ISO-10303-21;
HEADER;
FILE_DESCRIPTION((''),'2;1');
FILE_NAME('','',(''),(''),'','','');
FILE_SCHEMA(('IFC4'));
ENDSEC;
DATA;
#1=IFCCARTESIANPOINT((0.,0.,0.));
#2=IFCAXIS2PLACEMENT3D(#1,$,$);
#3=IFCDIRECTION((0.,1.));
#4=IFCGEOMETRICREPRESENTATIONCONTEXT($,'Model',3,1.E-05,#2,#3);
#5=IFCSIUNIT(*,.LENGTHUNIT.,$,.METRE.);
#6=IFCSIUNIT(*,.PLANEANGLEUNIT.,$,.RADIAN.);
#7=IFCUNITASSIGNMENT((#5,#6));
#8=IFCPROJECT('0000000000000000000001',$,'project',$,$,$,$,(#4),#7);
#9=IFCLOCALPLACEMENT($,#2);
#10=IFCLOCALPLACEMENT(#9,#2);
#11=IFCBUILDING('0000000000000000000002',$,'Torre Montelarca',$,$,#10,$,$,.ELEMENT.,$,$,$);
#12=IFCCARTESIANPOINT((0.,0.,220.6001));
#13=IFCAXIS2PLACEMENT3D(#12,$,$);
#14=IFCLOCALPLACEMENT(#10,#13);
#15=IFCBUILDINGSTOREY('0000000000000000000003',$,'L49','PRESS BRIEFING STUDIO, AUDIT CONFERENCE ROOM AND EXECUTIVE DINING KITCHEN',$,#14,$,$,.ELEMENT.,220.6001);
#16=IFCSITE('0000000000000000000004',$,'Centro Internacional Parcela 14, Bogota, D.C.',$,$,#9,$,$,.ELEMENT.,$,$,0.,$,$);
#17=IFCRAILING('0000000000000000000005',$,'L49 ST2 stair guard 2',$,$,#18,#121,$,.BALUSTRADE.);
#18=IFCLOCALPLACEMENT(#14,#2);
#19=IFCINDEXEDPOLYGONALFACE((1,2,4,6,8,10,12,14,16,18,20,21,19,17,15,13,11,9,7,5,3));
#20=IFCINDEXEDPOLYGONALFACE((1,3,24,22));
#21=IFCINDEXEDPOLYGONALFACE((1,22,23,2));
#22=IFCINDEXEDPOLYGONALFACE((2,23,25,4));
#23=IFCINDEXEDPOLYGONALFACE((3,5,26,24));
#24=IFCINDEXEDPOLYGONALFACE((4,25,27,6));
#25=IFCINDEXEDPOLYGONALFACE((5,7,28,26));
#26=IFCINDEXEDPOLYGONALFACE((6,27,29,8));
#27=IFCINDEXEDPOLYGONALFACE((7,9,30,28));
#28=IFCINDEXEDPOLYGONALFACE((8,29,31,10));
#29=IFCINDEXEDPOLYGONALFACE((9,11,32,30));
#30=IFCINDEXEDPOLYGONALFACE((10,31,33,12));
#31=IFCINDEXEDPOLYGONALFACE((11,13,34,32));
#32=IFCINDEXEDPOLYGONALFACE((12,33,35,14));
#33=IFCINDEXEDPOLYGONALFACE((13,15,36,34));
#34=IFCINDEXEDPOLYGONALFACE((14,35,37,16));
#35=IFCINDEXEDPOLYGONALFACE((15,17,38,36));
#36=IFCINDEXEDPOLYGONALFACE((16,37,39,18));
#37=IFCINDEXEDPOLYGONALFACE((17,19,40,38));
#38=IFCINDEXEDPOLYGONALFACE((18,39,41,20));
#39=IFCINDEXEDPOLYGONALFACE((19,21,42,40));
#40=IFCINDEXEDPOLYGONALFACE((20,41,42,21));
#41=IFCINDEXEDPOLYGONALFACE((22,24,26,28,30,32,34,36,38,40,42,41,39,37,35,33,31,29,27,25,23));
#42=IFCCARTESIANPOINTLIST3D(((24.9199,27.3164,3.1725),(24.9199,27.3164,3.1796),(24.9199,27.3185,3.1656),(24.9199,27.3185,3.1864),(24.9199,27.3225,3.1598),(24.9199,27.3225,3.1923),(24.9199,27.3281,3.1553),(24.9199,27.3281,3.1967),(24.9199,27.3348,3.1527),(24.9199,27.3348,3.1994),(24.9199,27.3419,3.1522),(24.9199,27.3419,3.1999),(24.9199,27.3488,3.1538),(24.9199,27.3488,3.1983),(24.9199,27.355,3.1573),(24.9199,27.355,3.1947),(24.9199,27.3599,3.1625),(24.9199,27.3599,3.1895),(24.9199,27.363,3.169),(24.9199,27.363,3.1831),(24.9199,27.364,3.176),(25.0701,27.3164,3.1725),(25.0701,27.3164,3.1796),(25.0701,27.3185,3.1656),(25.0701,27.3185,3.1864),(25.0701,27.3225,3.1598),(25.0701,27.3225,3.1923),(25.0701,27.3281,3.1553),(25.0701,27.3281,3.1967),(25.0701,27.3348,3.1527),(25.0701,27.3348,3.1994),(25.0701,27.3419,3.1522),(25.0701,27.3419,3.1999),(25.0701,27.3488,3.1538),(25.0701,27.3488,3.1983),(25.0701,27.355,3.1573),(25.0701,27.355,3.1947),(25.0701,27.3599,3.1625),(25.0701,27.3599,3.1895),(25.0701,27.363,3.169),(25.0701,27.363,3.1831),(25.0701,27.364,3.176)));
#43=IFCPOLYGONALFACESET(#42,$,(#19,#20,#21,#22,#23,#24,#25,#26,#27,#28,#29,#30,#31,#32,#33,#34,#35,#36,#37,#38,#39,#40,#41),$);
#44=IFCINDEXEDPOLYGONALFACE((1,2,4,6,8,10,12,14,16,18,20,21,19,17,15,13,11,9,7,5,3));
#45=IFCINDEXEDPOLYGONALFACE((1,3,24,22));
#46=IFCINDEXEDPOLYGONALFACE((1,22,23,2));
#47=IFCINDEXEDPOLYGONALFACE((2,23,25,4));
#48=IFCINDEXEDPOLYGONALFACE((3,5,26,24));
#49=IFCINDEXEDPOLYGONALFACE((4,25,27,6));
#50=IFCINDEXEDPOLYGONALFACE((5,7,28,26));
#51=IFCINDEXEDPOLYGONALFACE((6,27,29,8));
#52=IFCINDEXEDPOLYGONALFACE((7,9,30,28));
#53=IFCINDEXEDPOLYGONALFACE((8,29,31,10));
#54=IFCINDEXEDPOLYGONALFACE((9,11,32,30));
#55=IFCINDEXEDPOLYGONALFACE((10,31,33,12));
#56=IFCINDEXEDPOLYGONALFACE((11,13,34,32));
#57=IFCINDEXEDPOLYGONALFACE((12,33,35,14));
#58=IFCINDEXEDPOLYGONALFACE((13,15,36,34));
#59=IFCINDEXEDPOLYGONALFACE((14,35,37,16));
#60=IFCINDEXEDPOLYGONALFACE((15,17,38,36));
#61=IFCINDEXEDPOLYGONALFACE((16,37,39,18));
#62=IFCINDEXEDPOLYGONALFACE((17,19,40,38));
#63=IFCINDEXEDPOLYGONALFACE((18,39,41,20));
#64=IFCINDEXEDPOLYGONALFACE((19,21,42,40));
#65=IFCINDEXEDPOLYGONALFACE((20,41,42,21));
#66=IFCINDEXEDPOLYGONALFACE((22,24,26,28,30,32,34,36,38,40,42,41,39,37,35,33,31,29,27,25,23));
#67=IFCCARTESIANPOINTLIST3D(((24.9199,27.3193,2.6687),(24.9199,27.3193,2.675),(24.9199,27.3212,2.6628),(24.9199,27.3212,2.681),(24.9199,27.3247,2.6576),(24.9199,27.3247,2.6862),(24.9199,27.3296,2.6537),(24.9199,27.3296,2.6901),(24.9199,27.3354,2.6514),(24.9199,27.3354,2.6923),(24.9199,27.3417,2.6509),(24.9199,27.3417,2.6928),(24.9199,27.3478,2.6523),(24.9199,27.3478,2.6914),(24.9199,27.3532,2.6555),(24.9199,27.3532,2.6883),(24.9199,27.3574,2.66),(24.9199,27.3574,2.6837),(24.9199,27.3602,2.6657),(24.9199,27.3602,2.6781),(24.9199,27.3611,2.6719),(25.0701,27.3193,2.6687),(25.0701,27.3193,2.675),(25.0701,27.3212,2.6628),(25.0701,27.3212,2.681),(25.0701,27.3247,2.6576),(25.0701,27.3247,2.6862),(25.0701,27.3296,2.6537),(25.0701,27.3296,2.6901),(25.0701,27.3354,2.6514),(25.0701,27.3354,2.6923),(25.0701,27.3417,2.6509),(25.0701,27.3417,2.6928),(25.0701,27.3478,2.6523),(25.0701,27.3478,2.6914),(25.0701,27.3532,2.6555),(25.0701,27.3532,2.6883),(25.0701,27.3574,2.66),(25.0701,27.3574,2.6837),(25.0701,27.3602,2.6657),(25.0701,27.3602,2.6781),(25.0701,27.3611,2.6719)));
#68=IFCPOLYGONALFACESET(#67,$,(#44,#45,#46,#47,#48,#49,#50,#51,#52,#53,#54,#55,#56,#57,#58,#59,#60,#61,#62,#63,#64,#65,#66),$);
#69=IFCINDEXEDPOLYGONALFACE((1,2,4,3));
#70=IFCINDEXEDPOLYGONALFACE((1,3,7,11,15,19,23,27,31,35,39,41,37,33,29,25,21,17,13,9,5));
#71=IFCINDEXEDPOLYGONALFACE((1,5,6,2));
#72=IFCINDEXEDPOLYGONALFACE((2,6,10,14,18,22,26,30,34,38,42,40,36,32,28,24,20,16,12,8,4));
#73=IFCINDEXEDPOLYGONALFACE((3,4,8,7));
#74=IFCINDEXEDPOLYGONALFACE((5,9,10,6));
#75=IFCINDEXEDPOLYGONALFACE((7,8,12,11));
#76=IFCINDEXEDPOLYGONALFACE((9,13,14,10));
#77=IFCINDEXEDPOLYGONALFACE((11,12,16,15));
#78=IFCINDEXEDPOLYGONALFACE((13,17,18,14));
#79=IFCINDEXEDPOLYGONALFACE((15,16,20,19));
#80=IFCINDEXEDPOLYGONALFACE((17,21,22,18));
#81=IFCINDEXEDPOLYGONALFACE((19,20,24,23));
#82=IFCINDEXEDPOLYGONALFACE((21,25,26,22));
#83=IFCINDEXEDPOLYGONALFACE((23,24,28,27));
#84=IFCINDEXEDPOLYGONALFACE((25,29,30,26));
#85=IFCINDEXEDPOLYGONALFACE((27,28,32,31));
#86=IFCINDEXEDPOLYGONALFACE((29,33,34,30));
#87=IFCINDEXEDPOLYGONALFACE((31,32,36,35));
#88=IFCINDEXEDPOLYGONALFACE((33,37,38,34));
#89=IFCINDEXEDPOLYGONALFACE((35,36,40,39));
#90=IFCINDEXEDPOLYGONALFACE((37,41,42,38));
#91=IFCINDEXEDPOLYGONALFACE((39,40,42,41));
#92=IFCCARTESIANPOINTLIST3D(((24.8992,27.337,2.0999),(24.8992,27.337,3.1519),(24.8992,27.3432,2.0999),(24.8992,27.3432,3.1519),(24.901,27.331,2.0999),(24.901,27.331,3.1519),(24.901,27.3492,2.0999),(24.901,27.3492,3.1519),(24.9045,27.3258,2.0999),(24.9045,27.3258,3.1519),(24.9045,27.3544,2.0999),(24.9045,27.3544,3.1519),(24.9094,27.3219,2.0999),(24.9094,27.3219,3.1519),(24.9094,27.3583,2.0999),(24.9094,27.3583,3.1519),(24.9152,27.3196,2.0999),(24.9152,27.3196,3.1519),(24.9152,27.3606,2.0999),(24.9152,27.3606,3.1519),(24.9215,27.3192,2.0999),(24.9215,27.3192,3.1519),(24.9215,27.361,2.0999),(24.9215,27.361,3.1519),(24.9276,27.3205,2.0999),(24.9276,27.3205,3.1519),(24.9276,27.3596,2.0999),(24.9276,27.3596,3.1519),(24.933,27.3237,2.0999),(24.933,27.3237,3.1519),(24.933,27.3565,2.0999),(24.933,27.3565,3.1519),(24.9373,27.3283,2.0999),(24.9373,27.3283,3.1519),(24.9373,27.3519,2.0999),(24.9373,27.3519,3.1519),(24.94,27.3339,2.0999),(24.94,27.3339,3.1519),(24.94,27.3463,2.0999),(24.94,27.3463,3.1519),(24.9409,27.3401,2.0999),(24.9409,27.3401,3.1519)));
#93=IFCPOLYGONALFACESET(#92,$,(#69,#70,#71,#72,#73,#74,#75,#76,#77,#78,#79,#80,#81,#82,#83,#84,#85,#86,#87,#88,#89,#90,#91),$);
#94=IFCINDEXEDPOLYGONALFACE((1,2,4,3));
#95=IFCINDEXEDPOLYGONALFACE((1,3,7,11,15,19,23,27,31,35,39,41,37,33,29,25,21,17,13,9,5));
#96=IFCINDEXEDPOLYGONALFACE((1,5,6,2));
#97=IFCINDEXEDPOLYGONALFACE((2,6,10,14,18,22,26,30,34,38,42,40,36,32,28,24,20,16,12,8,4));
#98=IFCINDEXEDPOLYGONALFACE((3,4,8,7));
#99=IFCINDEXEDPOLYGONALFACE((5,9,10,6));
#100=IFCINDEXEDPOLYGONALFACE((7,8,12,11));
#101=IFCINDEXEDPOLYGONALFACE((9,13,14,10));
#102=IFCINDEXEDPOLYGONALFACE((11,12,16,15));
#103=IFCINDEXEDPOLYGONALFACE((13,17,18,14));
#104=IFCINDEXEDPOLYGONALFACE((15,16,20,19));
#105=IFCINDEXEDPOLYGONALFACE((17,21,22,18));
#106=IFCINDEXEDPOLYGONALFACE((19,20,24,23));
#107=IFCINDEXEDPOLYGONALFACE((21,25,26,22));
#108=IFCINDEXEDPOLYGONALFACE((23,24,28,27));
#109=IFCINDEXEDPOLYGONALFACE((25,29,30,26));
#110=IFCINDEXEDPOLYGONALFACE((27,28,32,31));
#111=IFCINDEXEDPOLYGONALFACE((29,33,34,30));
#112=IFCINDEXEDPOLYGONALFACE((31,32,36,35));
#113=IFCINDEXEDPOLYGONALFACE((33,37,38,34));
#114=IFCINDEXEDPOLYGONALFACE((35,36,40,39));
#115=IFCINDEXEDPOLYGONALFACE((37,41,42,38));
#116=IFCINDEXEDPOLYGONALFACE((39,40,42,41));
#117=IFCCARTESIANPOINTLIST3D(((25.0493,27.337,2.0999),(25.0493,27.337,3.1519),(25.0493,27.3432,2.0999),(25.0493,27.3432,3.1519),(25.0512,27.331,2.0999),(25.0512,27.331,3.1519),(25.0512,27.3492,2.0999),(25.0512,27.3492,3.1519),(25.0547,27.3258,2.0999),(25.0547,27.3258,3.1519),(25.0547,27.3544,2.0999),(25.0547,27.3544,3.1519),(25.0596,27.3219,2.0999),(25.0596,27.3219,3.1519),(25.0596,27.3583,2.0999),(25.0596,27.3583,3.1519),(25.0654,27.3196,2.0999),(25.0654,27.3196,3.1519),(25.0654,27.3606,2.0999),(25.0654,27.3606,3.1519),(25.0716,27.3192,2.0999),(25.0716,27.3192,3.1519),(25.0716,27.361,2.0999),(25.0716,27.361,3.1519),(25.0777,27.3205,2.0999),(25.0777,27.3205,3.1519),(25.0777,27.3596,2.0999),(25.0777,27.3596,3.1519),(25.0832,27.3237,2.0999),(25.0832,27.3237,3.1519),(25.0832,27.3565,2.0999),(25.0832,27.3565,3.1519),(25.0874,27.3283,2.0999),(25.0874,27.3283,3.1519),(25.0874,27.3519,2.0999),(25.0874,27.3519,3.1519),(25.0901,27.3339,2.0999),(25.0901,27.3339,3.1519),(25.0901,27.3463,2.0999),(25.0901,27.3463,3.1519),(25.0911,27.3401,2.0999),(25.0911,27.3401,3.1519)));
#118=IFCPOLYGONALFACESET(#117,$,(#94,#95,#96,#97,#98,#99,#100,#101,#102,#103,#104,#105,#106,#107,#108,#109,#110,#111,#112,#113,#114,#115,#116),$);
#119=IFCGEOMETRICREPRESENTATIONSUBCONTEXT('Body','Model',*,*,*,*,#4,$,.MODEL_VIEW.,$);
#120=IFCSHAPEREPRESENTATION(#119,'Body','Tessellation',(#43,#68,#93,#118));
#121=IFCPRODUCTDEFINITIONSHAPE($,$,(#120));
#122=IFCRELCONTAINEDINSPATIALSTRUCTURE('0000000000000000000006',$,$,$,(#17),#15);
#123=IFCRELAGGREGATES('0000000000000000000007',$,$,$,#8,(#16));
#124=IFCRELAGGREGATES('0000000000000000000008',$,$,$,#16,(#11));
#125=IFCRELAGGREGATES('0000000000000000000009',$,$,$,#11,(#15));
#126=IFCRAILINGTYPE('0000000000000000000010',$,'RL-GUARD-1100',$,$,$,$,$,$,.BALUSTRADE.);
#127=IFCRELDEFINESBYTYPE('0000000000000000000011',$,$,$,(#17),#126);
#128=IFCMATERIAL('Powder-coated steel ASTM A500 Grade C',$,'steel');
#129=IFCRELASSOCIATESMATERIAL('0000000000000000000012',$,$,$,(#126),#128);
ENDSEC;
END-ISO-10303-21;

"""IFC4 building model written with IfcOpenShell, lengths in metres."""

from ifc_helpers import new_model, si_unit, direction, frame, origin, origin_2d, place, context, subcontext, project, spatial, circle, extrude, material, type_object, element, save


model = new_model("IFC4")

# Units and contexts
model_context = context("Model", 3, precision=1e-05, world=origin(), true_north=direction((0.0, 1.0)))
body_context = subcontext(model_context, "Body", "Model", "MODEL_VIEW")
ifc_project = project(units=[si_unit("LENGTHUNIT", "METRE"), si_unit("PLANEANGLEUNIT", "RADIAN")], contexts=[model_context])

# Site, building, storey
site_placement = place(None, origin())
site = spatial("IfcSite", under=ifc_project, at=site_placement, Name="Centro Internacional Parcela 14, Bogota, D.C.", CompositionType="ELEMENT", RefElevation=0.0)
building_placement = place(site_placement, origin())
building = spatial("IfcBuilding", under=site, at=building_placement, Name="Torre Montelarca", CompositionType="ELEMENT")
storey_placement = place(building_placement, frame((0.0, 0.0, 220.6001)))
storey = spatial("IfcBuildingStorey", under=building, at=storey_placement, Name="L49", Description="PRESS BRIEFING STUDIO, AUDIT CONFERENCE ROOM AND EXECUTIVE DINING KITCHEN", CompositionType="ELEMENT", Elevation=220.6001)

# Railing
ifc_material_1 = material(Name="Powder-coated steel ASTM A500 Grade C", Category="steel")
railing_type_1 = type_object("IfcRailingType", Name="RL-GUARD-1100", PredefinedType="BALUSTRADE", material=ifc_material_1)
railing_1_placement = place(storey_placement, frame((24.9199, 27.3401, 2.0999)))
element("IfcRailing", 1, at=railing_1_placement, inside=storey, type_object=railing_type_1, Name="L49 ST2 stair guard 2", PredefinedType="BALUSTRADE", context=body_context, shape_type="SweptSolid", body=[
    extrude(circle(Radius=0.0239, at=origin_2d()), frame((0.0, 0.0, 1.0762), z_axis=(1.0, 0.0, 0.0), x_axis=(0.0, 1.0, 0.0)), (0.0, 0.0, 1.0), 0.1501),
    extrude(circle(Radius=0.021, at=origin_2d()), frame((0.0, 0.0, 0.572), z_axis=(1.0, 0.0, 0.0), x_axis=(0.0, 1.0, 0.0)), (0.0, 0.0, 1.0), 0.1501),
    extrude(circle(Radius=0.021, at=origin_2d()), origin(), (0.0, 0.0, 1.0), 1.052),
    extrude(circle(Radius=0.021, at=origin_2d()), frame((0.1501, 0.0, 0.0)), (0.0, 0.0, 1.0), 1.052),
])

save(model, "model.ifc")
